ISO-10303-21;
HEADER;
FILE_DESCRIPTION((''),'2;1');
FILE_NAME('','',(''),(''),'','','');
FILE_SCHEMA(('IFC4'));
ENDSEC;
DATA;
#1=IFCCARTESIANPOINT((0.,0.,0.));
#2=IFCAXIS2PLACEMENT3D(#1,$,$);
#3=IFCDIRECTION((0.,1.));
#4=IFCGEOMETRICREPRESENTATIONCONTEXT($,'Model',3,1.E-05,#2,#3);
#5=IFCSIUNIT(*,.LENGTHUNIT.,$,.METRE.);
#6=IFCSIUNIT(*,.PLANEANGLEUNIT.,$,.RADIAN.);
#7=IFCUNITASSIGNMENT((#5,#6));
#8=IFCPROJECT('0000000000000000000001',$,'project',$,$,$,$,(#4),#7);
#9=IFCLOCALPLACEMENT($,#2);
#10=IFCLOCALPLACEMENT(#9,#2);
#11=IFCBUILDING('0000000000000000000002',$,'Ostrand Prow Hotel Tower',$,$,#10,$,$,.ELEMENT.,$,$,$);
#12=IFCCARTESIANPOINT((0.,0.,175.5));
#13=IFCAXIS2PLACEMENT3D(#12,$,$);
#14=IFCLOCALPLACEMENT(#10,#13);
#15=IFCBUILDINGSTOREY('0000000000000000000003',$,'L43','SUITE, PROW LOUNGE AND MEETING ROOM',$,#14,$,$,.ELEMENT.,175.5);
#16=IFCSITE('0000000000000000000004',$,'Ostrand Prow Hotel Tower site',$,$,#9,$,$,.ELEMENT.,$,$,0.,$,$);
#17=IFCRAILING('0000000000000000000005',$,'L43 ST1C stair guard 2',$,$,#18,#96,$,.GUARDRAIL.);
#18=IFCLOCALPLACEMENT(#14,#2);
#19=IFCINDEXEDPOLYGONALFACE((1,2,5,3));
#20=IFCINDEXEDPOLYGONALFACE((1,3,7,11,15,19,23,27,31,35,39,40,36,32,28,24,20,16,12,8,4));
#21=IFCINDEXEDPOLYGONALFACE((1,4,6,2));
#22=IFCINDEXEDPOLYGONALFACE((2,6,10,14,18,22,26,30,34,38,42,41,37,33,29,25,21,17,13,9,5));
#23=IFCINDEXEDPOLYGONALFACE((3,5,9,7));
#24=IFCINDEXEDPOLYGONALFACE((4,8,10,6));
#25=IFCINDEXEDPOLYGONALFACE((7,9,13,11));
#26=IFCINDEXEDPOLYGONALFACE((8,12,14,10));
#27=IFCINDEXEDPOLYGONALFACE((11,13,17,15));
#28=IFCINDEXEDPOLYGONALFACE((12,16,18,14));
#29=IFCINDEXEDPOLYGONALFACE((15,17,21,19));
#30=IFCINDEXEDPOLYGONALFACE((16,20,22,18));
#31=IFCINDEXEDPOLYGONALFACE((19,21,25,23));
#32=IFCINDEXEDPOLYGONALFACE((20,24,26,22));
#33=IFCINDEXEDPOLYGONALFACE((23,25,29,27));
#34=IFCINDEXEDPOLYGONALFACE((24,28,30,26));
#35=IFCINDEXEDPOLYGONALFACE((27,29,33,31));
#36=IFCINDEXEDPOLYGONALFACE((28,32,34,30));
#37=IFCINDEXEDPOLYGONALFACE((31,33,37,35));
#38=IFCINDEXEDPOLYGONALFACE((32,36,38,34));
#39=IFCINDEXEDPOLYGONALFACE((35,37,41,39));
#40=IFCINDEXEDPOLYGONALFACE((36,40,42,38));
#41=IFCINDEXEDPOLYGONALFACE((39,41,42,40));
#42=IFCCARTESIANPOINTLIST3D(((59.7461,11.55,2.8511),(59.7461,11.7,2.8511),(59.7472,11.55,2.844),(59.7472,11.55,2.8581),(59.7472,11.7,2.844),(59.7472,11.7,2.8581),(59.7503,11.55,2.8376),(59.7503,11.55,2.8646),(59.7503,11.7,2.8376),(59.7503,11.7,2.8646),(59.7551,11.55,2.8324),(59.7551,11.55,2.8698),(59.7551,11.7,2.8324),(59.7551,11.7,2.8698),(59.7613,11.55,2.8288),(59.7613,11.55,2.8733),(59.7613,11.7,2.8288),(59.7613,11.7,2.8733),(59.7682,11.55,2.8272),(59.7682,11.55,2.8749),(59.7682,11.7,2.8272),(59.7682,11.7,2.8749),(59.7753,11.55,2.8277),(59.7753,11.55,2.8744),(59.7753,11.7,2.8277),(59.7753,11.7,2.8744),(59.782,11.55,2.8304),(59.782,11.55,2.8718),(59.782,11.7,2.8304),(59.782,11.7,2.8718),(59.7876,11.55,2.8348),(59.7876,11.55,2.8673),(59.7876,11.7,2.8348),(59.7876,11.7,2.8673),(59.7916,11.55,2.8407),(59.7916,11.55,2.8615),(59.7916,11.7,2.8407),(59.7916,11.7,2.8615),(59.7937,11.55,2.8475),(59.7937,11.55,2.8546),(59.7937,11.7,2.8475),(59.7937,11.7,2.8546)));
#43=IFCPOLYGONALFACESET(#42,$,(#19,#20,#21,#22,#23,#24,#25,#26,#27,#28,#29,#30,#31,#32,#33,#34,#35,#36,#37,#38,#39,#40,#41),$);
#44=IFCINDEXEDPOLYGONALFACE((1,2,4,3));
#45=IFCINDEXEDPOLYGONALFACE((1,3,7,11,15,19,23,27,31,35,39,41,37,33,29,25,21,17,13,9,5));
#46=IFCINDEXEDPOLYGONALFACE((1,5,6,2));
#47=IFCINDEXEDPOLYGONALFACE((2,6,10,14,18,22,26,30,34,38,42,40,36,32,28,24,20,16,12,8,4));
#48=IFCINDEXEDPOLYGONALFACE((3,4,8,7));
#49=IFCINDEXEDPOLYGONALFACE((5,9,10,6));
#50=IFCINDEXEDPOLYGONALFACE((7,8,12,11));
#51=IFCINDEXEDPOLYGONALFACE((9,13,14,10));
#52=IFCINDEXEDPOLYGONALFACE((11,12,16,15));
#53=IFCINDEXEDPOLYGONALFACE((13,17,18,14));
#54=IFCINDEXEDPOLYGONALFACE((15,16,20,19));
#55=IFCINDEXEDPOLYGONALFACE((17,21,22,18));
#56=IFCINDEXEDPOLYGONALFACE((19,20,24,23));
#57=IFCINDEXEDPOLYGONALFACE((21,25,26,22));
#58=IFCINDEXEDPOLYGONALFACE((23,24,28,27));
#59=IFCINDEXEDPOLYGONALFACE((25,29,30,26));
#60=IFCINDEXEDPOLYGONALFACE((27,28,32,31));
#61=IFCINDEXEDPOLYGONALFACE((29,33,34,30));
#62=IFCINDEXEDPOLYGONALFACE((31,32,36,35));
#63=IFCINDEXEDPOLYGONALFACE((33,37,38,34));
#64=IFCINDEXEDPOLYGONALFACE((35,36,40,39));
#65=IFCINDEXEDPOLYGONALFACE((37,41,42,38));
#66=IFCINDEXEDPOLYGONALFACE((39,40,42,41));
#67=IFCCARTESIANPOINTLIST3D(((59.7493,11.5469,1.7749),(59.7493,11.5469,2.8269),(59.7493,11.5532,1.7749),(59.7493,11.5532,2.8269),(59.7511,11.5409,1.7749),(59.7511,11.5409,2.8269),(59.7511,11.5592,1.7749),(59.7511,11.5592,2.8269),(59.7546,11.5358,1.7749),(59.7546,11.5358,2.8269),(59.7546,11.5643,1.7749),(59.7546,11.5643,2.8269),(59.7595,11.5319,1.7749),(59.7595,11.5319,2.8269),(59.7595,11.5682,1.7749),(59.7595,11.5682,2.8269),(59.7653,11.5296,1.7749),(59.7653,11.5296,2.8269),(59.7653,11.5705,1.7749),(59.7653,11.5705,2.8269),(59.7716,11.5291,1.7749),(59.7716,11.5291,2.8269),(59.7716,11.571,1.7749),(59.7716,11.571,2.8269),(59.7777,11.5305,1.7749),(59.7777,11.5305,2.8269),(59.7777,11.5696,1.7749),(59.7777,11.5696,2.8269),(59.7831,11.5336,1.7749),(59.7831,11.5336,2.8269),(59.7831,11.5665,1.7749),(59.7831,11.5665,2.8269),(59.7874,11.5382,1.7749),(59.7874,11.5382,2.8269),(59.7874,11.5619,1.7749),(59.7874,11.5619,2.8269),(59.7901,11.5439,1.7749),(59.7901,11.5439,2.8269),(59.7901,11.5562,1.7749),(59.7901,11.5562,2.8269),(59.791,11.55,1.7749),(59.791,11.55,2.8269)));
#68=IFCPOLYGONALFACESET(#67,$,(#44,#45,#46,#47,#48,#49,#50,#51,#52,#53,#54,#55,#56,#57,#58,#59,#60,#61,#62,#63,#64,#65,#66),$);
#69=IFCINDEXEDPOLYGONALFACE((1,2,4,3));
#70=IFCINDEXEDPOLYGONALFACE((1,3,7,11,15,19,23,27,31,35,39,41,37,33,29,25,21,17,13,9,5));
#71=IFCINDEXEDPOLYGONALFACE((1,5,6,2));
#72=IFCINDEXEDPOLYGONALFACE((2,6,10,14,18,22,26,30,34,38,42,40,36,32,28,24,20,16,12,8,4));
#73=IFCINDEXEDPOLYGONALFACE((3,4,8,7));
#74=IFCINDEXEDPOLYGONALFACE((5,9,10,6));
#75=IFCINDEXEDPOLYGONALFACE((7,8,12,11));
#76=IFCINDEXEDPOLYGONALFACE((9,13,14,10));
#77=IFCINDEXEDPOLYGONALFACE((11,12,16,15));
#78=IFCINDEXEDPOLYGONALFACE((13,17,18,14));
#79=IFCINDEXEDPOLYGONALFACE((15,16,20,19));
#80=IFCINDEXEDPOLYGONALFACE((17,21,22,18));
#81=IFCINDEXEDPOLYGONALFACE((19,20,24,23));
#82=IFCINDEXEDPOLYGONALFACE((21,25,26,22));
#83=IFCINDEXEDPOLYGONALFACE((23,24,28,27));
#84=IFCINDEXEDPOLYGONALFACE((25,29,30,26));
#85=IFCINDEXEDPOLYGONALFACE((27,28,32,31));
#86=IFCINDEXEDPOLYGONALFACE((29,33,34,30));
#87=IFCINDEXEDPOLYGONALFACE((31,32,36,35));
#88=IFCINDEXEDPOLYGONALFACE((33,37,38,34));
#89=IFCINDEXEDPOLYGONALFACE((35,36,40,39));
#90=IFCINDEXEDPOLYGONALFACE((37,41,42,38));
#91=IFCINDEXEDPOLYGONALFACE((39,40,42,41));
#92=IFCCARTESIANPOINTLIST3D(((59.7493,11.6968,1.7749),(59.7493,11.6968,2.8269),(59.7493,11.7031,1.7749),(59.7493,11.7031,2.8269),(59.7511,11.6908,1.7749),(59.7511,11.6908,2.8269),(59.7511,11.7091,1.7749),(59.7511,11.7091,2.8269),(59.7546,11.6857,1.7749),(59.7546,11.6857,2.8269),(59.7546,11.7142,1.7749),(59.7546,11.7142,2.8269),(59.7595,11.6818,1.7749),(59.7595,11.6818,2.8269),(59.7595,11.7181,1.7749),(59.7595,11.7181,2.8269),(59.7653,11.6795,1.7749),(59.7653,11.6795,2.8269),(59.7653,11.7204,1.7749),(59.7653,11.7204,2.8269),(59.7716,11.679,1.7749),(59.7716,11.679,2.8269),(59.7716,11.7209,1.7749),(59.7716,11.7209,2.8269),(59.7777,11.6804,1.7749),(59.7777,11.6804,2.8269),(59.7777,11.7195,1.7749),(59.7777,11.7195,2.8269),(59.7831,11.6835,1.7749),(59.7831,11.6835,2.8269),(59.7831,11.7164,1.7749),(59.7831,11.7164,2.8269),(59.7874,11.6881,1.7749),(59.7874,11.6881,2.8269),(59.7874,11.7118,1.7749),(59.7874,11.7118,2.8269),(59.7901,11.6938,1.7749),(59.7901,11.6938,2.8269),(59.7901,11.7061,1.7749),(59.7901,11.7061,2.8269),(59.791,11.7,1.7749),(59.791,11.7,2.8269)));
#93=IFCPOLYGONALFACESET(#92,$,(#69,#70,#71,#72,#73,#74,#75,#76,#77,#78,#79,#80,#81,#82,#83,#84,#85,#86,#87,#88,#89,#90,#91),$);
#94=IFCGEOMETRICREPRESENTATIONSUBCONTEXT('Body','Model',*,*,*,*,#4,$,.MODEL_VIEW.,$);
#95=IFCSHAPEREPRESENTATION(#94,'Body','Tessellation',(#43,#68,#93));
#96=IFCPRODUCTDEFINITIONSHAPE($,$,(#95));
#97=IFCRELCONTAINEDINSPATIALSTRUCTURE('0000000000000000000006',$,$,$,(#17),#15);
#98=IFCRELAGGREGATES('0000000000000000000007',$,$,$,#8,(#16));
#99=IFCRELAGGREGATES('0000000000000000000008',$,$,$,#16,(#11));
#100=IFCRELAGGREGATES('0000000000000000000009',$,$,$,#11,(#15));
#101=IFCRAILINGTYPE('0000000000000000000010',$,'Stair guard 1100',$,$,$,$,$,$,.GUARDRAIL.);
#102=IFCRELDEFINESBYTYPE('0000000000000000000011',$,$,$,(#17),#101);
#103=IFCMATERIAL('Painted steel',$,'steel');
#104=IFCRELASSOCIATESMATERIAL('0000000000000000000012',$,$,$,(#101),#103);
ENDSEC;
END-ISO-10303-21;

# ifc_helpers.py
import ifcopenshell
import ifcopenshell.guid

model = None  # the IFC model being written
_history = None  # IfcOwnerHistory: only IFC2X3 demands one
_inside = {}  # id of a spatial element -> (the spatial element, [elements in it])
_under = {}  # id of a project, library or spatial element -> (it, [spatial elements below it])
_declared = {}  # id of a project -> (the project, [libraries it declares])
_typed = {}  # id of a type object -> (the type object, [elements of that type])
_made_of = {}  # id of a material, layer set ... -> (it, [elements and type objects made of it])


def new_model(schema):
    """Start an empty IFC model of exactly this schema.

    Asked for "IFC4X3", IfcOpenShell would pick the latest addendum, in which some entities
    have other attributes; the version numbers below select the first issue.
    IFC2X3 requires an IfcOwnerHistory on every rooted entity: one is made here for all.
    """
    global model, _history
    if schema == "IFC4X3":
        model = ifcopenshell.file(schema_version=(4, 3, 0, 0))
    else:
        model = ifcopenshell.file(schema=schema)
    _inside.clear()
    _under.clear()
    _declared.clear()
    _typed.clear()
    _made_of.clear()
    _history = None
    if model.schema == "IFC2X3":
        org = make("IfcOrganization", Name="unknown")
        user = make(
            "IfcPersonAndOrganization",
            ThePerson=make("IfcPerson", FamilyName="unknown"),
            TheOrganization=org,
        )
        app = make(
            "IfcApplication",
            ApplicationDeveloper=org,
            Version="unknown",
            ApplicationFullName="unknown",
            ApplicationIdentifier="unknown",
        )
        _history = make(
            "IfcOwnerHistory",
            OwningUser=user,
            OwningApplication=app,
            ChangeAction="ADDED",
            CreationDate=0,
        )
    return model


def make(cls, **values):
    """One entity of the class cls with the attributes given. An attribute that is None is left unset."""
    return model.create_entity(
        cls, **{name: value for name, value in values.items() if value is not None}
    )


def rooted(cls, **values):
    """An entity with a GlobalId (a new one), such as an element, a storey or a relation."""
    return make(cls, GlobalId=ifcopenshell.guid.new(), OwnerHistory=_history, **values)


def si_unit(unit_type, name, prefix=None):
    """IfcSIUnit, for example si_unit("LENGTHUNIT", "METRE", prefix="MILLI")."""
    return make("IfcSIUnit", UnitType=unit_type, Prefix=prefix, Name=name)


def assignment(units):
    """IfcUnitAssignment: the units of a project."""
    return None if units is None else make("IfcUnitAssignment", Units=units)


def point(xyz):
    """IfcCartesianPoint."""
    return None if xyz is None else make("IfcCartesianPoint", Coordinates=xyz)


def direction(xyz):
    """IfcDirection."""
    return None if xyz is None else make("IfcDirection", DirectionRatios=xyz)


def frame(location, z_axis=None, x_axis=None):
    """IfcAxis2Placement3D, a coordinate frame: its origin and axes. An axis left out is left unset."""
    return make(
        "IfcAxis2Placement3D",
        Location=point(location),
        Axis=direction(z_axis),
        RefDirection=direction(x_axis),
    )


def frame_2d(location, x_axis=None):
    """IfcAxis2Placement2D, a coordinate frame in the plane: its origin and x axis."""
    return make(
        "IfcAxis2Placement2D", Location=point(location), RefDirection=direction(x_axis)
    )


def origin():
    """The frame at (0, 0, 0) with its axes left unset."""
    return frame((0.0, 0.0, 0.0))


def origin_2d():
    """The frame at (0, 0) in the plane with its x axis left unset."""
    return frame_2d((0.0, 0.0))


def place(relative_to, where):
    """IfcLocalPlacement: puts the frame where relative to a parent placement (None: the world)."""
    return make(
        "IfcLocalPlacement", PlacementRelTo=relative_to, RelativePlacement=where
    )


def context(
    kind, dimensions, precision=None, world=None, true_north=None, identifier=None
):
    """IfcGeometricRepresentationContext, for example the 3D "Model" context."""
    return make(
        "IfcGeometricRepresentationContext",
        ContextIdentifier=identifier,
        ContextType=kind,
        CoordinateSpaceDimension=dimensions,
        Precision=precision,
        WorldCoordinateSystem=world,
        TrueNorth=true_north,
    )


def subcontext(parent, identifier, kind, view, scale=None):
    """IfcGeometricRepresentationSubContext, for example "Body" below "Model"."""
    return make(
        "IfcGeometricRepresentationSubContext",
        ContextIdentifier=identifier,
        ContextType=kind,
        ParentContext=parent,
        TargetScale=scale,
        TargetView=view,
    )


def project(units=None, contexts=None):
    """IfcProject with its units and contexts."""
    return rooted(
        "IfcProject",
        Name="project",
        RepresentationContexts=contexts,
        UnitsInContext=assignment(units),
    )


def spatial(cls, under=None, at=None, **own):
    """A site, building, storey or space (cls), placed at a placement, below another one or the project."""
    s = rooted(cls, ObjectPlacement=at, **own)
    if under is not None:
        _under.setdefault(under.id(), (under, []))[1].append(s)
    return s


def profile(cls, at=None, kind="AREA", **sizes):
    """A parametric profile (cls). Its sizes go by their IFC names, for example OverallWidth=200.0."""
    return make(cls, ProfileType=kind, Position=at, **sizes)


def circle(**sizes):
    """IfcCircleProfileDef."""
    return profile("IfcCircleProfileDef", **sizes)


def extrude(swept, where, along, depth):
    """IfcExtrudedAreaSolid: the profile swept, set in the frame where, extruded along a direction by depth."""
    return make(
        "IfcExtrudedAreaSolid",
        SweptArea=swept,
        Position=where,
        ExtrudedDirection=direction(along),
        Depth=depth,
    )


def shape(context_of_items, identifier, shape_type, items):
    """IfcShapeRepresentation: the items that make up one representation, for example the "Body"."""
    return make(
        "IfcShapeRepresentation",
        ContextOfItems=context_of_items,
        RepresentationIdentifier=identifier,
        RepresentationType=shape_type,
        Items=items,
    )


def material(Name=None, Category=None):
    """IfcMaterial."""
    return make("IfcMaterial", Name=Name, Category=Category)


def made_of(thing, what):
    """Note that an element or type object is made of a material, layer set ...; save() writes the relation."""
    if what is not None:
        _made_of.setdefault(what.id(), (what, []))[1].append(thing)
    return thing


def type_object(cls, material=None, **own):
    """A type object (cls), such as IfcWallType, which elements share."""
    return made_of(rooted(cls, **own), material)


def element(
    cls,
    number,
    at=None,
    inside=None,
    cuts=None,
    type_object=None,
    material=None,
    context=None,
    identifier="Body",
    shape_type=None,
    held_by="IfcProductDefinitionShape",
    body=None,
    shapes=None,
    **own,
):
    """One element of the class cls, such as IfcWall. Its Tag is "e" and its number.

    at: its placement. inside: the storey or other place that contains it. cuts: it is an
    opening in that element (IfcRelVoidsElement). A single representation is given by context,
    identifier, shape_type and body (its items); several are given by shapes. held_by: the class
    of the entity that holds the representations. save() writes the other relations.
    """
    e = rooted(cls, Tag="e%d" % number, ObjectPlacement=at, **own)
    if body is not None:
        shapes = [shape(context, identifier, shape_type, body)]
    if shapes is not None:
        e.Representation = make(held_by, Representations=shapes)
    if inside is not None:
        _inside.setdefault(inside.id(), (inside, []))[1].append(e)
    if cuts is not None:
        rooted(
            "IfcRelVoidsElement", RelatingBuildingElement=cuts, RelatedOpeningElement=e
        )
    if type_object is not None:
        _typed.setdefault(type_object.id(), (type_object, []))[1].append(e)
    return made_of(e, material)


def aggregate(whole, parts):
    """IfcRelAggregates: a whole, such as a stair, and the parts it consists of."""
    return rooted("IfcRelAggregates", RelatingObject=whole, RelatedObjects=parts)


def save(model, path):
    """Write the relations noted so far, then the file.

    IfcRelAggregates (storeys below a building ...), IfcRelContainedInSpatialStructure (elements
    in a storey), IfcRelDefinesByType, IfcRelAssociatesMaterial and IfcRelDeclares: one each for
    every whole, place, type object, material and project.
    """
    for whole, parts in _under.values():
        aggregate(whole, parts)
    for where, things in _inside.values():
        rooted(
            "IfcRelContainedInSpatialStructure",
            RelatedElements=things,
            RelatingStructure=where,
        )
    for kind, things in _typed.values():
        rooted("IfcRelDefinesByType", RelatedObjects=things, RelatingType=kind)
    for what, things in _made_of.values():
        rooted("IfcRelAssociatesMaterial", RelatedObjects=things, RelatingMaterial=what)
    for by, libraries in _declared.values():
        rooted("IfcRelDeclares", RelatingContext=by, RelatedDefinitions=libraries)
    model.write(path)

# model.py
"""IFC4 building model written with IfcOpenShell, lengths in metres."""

from ifc_helpers import new_model, si_unit, direction, frame, origin, origin_2d, place, context, subcontext, project, spatial, circle, extrude, material, type_object, element, save


model = new_model("IFC4")

# Units and contexts
model_context = context("Model", 3, precision=1e-05, world=origin(), true_north=direction((0.0, 1.0)))
body_context = subcontext(model_context, "Body", "Model", "MODEL_VIEW")
ifc_project = project(units=[si_unit("LENGTHUNIT", "METRE"), si_unit("PLANEANGLEUNIT", "RADIAN")], contexts=[model_context])

# Site, building, storey
site_placement = place(None, origin())
site = spatial("IfcSite", under=ifc_project, at=site_placement, Name="Ostrand Prow Hotel Tower site", CompositionType="ELEMENT", RefElevation=0.0)
building_placement = place(site_placement, origin())
building = spatial("IfcBuilding", under=site, at=building_placement, Name="Ostrand Prow Hotel Tower", CompositionType="ELEMENT")
storey_placement = place(building_placement, frame((0.0, 0.0, 175.5)))
storey = spatial("IfcBuildingStorey", under=building, at=storey_placement, Name="L43", Description="SUITE, PROW LOUNGE AND MEETING ROOM", CompositionType="ELEMENT", Elevation=175.5)

# Railing
ifc_material_1 = material(Name="Painted steel", Category="steel")
railing_type_1 = type_object("IfcRailingType", Name="Stair guard 1100", PredefinedType="GUARDRAIL", material=ifc_material_1)
railing_1_placement = place(storey_placement, frame((59.77, 11.55, 1.7749)))
element("IfcRailing", 1, at=railing_1_placement, inside=storey, type_object=railing_type_1, Name="L43 ST1C stair guard 2", PredefinedType="GUARDRAIL", context=body_context, shape_type="SweptSolid", body=[
    extrude(circle(Radius=0.0239, at=origin_2d()), frame((0.0, 0.0, 1.0762), z_axis=(0.0, 1.0, 0.0), x_axis=(-1.0, 0.0, 0.0)), (0.0, 0.0, 1.0), 0.1499),
    extrude(circle(Radius=0.021, at=origin_2d()), origin(), (0.0, 0.0, 1.0), 1.052),
    extrude(circle(Radius=0.021, at=origin_2d()), frame((0.0, 0.1499, 0.0)), (0.0, 0.0, 1.0), 1.052),
])

save(model, "model.ifc")
